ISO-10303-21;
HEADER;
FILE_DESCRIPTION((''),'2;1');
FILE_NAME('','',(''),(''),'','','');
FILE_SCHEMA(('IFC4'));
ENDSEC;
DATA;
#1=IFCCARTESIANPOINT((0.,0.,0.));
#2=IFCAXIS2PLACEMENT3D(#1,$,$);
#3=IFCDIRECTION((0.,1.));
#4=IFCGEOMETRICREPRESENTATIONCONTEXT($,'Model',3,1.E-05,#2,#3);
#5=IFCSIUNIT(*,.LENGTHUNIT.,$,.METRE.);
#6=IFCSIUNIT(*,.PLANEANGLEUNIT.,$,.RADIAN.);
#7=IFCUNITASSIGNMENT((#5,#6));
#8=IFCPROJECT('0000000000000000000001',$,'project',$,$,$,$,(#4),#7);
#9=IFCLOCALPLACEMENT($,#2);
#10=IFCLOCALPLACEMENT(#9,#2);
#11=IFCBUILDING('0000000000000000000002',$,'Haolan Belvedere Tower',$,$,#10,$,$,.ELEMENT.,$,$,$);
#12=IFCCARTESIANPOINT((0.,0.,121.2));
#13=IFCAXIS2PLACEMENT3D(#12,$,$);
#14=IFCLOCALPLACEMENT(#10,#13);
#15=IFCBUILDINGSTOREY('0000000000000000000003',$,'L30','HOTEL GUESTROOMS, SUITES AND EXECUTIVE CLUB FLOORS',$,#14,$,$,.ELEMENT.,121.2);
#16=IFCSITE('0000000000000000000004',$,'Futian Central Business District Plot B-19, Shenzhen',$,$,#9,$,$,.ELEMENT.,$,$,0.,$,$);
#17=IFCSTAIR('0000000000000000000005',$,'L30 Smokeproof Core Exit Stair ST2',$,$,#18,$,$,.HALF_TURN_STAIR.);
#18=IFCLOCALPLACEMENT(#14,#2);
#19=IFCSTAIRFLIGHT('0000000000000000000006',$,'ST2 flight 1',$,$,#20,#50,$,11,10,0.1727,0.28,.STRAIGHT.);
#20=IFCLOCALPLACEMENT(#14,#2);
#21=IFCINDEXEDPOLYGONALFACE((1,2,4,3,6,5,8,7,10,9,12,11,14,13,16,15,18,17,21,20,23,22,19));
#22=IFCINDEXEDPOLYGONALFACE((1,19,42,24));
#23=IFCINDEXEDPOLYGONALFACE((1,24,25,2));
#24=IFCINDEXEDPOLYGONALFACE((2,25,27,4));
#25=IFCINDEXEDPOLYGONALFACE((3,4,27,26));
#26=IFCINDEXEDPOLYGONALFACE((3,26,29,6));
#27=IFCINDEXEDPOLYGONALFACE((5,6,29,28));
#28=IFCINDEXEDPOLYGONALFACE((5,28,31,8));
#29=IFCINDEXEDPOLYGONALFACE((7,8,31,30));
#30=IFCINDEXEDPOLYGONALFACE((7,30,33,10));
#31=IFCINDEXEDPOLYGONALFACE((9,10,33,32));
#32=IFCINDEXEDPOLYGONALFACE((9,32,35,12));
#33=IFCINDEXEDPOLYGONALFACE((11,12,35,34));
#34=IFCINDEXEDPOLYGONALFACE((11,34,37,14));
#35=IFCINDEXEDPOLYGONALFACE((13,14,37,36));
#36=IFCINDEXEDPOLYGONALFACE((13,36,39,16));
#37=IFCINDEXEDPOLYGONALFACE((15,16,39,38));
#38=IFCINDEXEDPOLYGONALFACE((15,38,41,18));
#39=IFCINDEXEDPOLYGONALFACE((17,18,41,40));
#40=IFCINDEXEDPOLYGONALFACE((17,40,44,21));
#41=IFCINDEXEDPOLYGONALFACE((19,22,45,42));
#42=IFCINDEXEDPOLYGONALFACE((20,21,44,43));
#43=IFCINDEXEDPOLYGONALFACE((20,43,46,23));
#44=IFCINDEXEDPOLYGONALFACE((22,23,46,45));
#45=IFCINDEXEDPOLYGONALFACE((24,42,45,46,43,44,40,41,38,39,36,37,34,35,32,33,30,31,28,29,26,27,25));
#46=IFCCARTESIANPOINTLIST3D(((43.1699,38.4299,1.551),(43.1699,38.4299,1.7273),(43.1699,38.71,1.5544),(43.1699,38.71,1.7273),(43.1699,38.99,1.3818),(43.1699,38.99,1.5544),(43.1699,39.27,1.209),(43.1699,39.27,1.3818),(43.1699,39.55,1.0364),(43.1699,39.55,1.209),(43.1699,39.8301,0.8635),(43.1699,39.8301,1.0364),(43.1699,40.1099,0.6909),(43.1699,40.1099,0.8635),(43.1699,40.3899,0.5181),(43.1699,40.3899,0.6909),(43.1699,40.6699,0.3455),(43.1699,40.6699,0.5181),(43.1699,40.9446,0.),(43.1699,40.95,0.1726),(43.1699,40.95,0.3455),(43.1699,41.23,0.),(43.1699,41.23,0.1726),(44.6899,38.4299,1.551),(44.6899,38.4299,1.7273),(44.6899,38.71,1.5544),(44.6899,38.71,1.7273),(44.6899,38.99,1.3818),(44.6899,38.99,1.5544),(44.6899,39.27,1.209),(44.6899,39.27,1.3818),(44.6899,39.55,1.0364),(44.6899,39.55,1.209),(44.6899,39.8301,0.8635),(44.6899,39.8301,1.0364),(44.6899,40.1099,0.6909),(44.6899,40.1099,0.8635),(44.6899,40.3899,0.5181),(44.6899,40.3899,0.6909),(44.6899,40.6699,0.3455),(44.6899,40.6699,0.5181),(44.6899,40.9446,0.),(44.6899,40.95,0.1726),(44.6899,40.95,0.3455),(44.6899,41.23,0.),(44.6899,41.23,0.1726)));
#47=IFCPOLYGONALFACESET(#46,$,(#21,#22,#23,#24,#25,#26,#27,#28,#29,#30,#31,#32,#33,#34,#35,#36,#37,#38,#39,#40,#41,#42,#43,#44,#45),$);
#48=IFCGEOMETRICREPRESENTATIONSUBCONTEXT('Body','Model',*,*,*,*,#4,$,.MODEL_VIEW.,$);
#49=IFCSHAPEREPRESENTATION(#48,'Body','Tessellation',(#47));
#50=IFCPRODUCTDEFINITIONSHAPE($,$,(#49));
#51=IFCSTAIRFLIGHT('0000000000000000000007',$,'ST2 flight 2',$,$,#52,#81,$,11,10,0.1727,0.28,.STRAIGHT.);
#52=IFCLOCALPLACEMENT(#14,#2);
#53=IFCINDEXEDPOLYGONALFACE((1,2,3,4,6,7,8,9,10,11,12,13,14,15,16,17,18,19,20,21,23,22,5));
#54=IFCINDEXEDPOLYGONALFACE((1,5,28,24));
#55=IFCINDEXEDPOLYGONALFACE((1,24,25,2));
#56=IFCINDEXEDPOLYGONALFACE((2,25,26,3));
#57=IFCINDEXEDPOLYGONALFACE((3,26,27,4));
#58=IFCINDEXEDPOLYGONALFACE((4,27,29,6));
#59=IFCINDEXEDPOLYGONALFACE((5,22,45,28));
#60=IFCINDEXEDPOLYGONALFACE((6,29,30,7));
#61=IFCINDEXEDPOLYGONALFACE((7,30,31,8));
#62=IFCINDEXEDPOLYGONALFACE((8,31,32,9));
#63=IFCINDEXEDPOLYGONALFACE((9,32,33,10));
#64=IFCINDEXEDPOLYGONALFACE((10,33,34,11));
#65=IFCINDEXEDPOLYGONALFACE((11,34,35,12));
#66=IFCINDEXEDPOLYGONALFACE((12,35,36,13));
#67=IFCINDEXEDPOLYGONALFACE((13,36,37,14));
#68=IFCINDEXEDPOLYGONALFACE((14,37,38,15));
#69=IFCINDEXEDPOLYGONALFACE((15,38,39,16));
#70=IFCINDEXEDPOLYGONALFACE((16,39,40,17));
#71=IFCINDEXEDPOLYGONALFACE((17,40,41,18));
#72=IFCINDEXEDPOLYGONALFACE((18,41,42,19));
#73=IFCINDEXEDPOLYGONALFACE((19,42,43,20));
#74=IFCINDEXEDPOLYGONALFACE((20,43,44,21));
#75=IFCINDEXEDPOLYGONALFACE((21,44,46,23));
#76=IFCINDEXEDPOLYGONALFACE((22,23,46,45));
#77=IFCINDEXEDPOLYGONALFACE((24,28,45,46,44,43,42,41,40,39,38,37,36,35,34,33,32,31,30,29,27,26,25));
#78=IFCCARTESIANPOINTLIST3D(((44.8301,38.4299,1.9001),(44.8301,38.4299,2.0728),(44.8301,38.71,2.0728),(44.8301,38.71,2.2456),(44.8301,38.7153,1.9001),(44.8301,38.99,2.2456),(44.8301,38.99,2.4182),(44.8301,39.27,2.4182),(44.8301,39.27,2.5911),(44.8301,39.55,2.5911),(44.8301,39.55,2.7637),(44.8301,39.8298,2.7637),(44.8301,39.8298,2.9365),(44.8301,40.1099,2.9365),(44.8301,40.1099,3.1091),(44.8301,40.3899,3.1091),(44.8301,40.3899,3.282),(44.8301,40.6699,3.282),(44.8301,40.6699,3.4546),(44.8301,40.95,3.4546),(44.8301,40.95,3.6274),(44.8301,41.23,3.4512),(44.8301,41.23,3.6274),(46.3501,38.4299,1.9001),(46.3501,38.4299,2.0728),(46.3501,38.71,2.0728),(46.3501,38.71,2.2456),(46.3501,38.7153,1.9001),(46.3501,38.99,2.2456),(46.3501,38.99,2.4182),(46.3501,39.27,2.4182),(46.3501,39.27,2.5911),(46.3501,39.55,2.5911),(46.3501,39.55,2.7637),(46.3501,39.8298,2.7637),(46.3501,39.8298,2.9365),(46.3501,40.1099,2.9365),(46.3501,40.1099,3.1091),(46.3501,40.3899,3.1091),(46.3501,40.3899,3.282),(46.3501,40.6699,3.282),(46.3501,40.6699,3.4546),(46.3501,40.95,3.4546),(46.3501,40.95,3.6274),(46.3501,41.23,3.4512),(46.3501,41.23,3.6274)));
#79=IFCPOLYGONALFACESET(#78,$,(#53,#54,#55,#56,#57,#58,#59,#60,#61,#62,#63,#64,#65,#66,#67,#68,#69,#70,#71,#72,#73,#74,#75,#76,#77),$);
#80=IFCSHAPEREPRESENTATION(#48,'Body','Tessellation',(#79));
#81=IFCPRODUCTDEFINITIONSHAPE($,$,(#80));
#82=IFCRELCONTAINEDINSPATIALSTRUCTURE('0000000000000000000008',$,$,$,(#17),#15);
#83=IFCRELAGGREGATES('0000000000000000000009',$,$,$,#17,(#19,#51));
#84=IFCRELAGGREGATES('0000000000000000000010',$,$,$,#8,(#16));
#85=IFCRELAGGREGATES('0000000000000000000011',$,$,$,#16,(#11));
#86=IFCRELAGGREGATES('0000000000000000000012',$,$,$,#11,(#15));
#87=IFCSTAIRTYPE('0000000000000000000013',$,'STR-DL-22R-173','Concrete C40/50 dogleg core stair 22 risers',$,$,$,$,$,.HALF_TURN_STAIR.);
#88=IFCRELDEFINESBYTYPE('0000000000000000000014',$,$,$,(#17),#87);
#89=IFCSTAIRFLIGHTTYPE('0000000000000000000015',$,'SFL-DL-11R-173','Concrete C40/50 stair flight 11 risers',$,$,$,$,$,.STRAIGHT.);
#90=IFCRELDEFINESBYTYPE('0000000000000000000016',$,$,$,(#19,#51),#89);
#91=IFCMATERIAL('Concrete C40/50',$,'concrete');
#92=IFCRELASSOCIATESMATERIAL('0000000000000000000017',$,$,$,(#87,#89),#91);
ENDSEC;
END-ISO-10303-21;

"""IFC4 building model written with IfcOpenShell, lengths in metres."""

from ifc_helpers import new_model, si_unit, direction, frame, origin, place, context, subcontext, project, spatial, polyline, outline, extrude, material, type_object, element, aggregate, save


model = new_model("IFC4")

# Units and contexts
model_context = context("Model", 3, precision=1e-05, world=origin(), true_north=direction((0.0, 1.0)))
body_context = subcontext(model_context, "Body", "Model", "MODEL_VIEW")
ifc_project = project(units=[si_unit("LENGTHUNIT", "METRE"), si_unit("PLANEANGLEUNIT", "RADIAN")], contexts=[model_context])

# Site, building, storey
site_placement = place(None, origin())
site = spatial("IfcSite", under=ifc_project, at=site_placement, Name="Futian Central Business District Plot B-19, Shenzhen", CompositionType="ELEMENT", RefElevation=0.0)
building_placement = place(site_placement, origin())
building = spatial("IfcBuilding", under=site, at=building_placement, Name="Haolan Belvedere Tower", CompositionType="ELEMENT")
storey_placement = place(building_placement, frame((0.0, 0.0, 121.2)))
storey = spatial("IfcBuildingStorey", under=building, at=storey_placement, Name="L30", Description="HOTEL GUESTROOMS, SUITES AND EXECUTIVE CLUB FLOORS", CompositionType="ELEMENT", Elevation=121.2)

# Shared definitions
ifc_material_1 = material(Name="Concrete C40/50", Category="concrete")

# Stair, stair flights
stair_type = type_object("IfcStairType", Name="STR-DL-22R-173", Description="Concrete C40/50 dogleg core stair 22 risers", PredefinedType="HALF_TURN_STAIR", material=ifc_material_1)
stair_flight_type = type_object("IfcStairFlightType", Name="SFL-DL-11R-173", Description="Concrete C40/50 stair flight 11 risers", PredefinedType="STRAIGHT", material=ifc_material_1)
stair_1_placement = place(storey_placement, origin())
stair_1 = element("IfcStair", 1, at=stair_1_placement, inside=storey, type_object=stair_type, Name="L30 Smokeproof Core Exit Stair ST2", PredefinedType="HALF_TURN_STAIR")
stair_flight_1_placement = place(storey_placement, frame((43.9299, 41.23, 0.0), z_axis=(0.0, 0.0, 1.0), x_axis=(0.0, -1.0, 0.0)))
stair_flight_1 = element("IfcStairFlight", 2, at=stair_flight_1_placement, type_object=stair_flight_type, Name="ST2 flight 1", NumberOfRisers=11, NumberOfTreads=10, PredefinedType="STRAIGHT", RiserHeight=0.1727, TreadLength=0.28, context=body_context, shape_type="SweptSolid", body=[
    extrude(outline(polyline([(0.0, 0.0), (0.0, 0.1726), (0.28, 0.1726), (0.28, 0.3455), (0.5601, 0.3455), (0.5601, 0.5181), (0.8401, 0.5181), (0.8401, 0.6909), (1.1201, 0.6909), (1.1201, 0.8635), (1.3999, 0.8635), (1.3999, 1.0364), (1.6799, 1.0364), (1.6799, 1.209), (1.96, 1.209), (1.96, 1.3818), (2.24, 1.3818), (2.24, 1.5544), (2.52, 1.5544), (2.52, 1.7273), (2.8, 1.7273), (2.8, 1.8999), (2.8, 1.551), (0.2854, 0.0), (0.0, 0.0)])), frame((0.0, 0.76, 0.0), z_axis=(0.0, -1.0, 0.0), x_axis=(1.0, 0.0, 0.0)), (0.0, 0.0, 1.0), 1.52),
])
stair_flight_2_placement = place(storey_placement, frame((45.5901, 38.4299, 1.9001), z_axis=(0.0, 0.0, 1.0), x_axis=(0.0, 1.0, 0.0)))
stair_flight_2 = element("IfcStairFlight", 3, at=stair_flight_2_placement, type_object=stair_flight_type, Name="ST2 flight 2", NumberOfRisers=11, NumberOfTreads=10, PredefinedType="STRAIGHT", RiserHeight=0.1727, TreadLength=0.28, context=body_context, shape_type="SweptSolid", body=[
    extrude(outline(polyline([(0.0, 0.0), (0.0, 0.1726), (0.28, 0.1726), (0.28, 0.3455), (0.5601, 0.3455), (0.5601, 0.5181), (0.8401, 0.5181), (0.8401, 0.6909), (1.1201, 0.6909), (1.1201, 0.8635), (1.3999, 0.8635), (1.3999, 1.0364), (1.6799, 1.0364), (1.6799, 1.209), (1.96, 1.209), (1.96, 1.3818), (2.24, 1.3818), (2.24, 1.5544), (2.52, 1.5544), (2.52, 1.7273), (2.8, 1.7273), (2.8, 1.8999), (2.8, 1.551), (0.2854, 0.0), (0.0, 0.0)])), frame((0.0, 0.76, 0.0), z_axis=(0.0, -1.0, 0.0), x_axis=(1.0, 0.0, 0.0)), (0.0, 0.0, 1.0), 1.52),
])
aggregate(stair_1, [stair_flight_1, stair_flight_2])

save(model, "model.ifc")
